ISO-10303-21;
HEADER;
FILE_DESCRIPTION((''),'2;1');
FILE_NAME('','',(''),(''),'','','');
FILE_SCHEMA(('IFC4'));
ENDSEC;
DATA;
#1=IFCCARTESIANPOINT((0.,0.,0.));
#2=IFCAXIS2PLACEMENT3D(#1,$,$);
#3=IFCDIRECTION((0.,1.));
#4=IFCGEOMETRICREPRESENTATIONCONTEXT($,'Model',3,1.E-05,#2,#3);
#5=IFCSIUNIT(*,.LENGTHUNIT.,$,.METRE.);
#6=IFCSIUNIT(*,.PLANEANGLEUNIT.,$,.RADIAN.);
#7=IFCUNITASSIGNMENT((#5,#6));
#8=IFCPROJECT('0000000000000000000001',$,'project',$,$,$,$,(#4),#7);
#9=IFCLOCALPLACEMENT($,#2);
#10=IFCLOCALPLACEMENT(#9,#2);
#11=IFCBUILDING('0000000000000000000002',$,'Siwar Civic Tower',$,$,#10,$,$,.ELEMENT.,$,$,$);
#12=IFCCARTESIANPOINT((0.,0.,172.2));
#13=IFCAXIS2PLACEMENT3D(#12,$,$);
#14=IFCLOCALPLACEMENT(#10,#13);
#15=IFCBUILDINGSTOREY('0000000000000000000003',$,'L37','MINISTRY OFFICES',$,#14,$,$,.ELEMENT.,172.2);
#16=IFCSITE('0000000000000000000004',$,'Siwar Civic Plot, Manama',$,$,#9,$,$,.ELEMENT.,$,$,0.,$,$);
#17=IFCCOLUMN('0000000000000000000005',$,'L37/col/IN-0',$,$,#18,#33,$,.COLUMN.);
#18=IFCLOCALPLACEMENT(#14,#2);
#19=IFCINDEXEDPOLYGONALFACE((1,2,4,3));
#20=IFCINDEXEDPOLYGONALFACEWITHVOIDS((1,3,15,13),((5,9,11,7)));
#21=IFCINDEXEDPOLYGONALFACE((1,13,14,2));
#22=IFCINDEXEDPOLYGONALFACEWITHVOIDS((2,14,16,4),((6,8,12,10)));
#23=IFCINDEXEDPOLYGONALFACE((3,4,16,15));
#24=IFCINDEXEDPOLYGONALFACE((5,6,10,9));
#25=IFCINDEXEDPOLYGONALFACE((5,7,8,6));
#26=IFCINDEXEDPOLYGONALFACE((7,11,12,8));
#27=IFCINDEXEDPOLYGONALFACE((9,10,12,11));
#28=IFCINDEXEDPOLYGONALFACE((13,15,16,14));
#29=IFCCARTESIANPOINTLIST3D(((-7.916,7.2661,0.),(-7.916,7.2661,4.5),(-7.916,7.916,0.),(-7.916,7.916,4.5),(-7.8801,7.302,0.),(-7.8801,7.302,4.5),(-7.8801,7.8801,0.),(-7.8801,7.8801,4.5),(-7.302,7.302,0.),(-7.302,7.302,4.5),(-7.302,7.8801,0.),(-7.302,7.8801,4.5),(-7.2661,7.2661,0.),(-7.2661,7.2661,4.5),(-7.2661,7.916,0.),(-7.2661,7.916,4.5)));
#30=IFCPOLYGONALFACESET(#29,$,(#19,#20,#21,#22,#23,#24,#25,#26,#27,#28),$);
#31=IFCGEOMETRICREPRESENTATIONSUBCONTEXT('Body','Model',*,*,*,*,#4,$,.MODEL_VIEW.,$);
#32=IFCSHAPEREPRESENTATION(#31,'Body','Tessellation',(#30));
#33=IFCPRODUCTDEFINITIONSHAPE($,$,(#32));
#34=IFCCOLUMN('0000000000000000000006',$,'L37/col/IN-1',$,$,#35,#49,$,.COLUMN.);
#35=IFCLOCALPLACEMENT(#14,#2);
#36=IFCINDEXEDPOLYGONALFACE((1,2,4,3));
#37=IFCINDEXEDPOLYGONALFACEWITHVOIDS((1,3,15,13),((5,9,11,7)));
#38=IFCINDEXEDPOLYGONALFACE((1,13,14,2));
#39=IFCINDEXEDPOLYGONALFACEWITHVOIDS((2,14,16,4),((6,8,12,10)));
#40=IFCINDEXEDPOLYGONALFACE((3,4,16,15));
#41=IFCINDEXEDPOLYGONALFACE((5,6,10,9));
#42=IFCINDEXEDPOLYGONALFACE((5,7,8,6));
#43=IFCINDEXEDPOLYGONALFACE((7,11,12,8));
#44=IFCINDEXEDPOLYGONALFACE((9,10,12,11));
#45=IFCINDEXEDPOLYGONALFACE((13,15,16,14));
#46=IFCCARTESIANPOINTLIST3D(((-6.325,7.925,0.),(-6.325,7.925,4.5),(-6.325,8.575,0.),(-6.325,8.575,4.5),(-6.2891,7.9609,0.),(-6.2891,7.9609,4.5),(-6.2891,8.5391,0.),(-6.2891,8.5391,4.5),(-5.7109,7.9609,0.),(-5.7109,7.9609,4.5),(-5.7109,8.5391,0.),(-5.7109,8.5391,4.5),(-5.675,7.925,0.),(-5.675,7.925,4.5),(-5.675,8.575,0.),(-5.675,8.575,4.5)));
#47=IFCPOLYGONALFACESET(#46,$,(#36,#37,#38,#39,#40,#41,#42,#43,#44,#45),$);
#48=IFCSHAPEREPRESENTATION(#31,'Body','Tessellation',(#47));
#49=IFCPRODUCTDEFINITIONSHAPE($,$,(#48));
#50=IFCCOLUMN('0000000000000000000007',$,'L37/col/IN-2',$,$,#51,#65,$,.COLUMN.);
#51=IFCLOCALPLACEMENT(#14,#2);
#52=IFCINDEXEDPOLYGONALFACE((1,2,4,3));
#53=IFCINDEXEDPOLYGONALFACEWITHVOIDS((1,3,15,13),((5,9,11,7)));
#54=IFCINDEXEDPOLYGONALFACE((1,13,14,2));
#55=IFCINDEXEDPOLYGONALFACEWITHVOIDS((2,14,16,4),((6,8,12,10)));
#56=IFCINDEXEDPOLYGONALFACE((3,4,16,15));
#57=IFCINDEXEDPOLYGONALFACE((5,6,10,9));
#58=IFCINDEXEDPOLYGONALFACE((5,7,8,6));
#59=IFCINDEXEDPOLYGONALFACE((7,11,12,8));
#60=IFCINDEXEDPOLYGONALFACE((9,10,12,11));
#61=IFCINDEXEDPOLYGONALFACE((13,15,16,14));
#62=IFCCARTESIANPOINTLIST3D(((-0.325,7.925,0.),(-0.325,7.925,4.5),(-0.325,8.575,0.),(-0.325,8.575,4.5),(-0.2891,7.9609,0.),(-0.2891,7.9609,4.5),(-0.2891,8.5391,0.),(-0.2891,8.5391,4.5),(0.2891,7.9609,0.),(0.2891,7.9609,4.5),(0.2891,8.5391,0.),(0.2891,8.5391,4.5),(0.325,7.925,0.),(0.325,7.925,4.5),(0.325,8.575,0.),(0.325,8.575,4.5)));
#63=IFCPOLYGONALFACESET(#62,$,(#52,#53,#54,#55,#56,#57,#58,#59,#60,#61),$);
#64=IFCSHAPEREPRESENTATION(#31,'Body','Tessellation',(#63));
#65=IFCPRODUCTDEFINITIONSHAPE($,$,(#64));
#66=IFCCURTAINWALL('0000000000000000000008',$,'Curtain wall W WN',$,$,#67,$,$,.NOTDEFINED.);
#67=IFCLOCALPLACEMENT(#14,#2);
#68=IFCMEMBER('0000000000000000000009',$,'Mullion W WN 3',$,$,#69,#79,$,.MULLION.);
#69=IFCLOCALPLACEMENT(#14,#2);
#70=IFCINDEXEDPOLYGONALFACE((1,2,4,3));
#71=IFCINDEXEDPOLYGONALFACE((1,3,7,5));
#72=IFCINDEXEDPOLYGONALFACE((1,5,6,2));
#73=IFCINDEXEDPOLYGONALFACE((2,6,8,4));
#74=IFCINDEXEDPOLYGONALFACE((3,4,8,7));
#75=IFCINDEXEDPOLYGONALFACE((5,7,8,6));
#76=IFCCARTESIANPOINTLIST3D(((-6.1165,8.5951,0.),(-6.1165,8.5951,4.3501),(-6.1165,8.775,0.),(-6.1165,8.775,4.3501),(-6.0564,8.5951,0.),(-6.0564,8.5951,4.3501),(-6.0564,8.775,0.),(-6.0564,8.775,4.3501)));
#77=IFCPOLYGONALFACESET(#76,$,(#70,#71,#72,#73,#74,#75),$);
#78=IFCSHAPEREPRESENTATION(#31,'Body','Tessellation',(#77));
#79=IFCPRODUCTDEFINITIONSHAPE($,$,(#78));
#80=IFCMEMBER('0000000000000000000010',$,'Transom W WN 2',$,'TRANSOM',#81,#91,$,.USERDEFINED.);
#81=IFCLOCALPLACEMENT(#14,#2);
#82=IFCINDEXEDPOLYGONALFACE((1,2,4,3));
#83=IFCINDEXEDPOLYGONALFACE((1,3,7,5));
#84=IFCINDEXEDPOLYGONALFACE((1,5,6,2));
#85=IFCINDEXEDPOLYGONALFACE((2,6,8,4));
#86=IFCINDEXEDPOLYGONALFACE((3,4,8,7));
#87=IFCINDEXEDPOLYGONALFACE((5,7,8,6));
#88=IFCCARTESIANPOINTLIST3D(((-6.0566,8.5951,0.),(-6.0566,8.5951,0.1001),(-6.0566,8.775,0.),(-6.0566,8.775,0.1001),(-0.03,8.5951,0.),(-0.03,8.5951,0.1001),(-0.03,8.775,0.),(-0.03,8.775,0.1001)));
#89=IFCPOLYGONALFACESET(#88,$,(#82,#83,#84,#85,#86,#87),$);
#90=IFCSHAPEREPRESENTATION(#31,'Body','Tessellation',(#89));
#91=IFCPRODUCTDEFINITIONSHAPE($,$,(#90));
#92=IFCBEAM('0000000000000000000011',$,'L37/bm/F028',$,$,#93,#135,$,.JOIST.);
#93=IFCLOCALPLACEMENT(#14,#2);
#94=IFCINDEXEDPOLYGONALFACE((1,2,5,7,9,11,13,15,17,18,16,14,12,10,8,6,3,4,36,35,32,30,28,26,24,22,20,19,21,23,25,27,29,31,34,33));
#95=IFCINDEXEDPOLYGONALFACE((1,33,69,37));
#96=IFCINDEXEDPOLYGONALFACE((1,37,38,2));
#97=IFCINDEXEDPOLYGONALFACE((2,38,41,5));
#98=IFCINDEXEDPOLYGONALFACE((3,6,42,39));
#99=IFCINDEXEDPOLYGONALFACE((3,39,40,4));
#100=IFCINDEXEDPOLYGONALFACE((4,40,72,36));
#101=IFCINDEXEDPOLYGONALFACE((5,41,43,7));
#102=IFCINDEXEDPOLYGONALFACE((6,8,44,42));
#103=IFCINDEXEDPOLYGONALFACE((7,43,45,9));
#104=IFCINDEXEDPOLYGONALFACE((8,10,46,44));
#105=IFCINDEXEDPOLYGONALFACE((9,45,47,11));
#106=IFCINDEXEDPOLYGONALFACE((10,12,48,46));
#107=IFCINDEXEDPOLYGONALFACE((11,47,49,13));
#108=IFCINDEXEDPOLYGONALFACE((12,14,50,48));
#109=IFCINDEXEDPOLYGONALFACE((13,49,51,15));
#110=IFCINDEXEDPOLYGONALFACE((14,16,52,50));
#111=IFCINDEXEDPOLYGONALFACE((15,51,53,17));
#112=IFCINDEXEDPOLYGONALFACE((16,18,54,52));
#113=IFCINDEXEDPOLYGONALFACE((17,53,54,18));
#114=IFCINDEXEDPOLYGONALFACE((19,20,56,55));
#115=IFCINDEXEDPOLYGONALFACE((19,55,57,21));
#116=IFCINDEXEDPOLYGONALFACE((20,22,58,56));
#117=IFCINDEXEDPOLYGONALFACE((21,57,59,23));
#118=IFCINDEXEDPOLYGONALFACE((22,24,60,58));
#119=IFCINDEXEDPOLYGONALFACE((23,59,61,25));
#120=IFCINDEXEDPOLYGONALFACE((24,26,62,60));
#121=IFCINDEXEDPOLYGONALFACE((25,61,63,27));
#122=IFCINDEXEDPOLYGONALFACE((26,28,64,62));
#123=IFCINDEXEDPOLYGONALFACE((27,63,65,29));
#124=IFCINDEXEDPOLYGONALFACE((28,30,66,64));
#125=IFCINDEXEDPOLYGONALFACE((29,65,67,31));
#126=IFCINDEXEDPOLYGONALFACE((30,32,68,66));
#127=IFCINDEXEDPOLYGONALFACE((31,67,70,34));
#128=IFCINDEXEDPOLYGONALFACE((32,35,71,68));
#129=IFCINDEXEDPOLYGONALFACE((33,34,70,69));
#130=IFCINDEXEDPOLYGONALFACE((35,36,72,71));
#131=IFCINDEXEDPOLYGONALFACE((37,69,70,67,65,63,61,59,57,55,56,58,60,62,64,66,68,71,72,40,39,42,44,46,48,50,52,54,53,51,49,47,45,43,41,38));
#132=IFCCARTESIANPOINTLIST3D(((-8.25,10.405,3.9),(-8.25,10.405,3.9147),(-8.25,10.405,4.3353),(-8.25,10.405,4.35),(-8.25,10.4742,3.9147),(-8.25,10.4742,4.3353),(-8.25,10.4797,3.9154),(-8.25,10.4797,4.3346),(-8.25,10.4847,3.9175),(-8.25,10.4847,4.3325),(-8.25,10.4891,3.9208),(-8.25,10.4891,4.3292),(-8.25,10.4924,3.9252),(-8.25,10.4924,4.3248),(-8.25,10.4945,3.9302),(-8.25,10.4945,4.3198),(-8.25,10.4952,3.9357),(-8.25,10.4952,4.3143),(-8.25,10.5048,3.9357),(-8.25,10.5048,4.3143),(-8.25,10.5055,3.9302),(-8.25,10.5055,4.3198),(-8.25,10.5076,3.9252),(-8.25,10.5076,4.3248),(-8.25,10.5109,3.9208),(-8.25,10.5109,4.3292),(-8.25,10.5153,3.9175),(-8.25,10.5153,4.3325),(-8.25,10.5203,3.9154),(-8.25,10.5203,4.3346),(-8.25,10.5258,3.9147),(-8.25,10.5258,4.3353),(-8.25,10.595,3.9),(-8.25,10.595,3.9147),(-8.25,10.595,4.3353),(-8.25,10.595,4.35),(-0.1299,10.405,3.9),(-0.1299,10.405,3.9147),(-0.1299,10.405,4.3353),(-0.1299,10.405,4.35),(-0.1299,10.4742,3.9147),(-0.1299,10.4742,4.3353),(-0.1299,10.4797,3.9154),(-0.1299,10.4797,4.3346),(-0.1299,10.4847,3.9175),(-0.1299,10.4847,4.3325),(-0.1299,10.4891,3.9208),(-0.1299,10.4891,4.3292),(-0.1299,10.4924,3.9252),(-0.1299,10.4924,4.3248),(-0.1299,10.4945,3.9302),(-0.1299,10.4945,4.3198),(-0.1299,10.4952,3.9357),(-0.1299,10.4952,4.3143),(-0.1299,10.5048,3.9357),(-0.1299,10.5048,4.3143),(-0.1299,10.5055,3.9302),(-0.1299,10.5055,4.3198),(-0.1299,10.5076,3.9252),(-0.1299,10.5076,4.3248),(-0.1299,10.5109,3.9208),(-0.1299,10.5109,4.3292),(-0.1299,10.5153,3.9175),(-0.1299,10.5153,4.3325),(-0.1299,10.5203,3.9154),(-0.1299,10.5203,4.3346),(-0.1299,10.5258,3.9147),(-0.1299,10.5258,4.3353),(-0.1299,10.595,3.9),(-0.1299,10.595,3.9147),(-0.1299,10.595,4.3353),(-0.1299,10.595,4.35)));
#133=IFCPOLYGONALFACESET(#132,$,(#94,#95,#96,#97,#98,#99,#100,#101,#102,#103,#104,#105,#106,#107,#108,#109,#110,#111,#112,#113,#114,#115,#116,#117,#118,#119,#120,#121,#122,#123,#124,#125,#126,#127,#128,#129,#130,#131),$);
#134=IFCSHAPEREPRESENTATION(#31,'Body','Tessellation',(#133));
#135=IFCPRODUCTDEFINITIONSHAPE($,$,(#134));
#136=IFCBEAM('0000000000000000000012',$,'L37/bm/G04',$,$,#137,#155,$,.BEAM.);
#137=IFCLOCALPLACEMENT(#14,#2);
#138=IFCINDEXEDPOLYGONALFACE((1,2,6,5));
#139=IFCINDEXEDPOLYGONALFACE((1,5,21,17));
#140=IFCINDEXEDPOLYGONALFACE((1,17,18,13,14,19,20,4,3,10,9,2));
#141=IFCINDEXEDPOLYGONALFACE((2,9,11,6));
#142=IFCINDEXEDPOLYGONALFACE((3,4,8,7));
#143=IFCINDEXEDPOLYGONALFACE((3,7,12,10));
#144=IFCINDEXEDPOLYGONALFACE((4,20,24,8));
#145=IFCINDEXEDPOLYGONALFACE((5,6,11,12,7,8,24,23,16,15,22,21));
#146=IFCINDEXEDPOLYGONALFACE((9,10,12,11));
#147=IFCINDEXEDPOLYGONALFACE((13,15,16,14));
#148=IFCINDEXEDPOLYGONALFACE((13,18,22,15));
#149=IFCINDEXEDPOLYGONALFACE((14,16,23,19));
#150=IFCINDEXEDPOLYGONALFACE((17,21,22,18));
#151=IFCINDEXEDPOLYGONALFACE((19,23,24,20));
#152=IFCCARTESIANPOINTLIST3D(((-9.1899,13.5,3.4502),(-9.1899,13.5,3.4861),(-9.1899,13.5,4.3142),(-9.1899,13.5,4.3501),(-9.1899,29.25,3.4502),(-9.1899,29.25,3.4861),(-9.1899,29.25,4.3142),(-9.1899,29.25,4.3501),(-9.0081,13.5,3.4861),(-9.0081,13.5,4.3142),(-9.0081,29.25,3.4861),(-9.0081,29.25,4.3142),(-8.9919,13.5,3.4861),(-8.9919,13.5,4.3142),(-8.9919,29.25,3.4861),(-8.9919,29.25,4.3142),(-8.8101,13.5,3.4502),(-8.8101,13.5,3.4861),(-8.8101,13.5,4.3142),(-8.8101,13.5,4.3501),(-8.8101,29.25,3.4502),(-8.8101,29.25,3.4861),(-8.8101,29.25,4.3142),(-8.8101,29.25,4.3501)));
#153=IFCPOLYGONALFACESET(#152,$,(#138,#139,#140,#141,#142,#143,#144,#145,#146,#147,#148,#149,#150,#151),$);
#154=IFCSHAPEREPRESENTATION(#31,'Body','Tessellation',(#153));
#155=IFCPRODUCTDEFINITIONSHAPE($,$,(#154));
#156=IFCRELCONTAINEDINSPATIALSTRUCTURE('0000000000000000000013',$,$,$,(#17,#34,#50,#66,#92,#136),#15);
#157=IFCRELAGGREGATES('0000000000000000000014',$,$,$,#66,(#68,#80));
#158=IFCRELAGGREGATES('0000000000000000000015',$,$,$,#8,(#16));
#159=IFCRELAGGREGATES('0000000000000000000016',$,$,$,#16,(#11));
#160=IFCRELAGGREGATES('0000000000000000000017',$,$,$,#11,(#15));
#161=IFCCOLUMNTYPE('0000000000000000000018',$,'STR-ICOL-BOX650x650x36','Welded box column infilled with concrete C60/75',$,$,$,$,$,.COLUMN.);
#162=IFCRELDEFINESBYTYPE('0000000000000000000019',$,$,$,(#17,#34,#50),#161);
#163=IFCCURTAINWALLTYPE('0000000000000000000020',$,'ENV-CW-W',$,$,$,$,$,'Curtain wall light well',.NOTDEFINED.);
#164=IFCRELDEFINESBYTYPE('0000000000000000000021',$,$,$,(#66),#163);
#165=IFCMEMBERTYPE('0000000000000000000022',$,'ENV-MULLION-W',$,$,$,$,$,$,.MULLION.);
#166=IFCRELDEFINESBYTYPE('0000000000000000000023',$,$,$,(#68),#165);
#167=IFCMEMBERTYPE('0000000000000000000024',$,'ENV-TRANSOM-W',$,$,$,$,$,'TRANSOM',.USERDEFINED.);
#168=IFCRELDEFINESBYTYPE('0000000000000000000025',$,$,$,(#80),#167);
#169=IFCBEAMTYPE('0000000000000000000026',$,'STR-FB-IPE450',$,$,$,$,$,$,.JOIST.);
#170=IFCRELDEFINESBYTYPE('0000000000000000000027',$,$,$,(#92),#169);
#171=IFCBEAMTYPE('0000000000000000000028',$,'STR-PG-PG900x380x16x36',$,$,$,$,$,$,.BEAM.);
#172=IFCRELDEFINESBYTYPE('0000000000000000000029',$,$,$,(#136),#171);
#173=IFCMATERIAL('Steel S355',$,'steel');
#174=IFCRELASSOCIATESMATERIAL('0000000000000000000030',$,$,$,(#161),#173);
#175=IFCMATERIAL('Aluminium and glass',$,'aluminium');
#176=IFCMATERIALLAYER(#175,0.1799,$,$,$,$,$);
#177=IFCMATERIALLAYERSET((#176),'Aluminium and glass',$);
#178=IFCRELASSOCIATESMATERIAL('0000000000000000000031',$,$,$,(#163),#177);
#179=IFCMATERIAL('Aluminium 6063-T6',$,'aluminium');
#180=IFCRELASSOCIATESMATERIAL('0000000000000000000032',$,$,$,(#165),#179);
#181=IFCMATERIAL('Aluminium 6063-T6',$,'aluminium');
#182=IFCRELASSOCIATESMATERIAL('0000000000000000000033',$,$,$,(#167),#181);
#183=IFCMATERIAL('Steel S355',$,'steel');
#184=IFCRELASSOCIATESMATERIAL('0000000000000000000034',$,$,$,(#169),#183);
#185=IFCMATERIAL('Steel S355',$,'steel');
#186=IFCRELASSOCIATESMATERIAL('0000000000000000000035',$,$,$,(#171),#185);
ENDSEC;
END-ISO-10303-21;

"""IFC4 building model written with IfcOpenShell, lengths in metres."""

from ifc_helpers import new_model, si_unit, direction, frame, origin, origin_2d, place, context, subcontext, project, spatial, rectangle, hollow_rectangle, i_section, extrude, material, layer, layer_set, material_profile, profile_set, type_object, element, aggregate, save


model = new_model("IFC4")

# Units and contexts
model_context = context("Model", 3, precision=1e-05, world=origin(), true_north=direction((0.0, 1.0)))
body_context = subcontext(model_context, "Body", "Model", "MODEL_VIEW")
ifc_project = project(units=[si_unit("LENGTHUNIT", "METRE"), si_unit("PLANEANGLEUNIT", "RADIAN")], contexts=[model_context])

# Site, building, storey
site_placement = place(None, origin())
site = spatial("IfcSite", under=ifc_project, at=site_placement, Name="Siwar Civic Plot, Manama", CompositionType="ELEMENT", RefElevation=0.0)
building_placement = place(site_placement, origin())
building = spatial("IfcBuilding", under=site, at=building_placement, Name="Siwar Civic Tower", CompositionType="ELEMENT")
storey_placement = place(building_placement, frame((0.0, 0.0, 172.2)))
storey = spatial("IfcBuildingStorey", under=building, at=storey_placement, Name="L37", Description="MINISTRY OFFICES", CompositionType="ELEMENT", Elevation=172.2)

# Columns
ifc_material_1 = material(Name="Steel S355", Category="steel")
ifc_material_profile_1 = material_profile(ifc_material_1, hollow_rectangle(XDim=0.6499, YDim=0.6499, WallThickness=0.0359, at=origin_2d()), Name="BOX650x650x36")
ifc_profile_set_1 = profile_set([ifc_material_profile_1], Name="Steel S355")
column_type = type_object("IfcColumnType", Name="STR-ICOL-BOX650x650x36", Description="Welded box column infilled with concrete C60/75", PredefinedType="COLUMN", material=ifc_profile_set_1)
for number, where, z_axis, x_axis, name in (
    (1, (-7.5911, 7.5911, 0.0), (0.0, 0.0, 1.0), (1.0, 0.0, 0.0), "L37/col/IN-0"),
    (2, (-6.0, 8.25, 0.0), (0.0, 0.0, 1.0), (1.0, 0.0, 0.0), "L37/col/IN-1"),
    (3, (0.0, 8.25, 0.0), (0.0, 0.0, 1.0), (1.0, 0.0, 0.0), "L37/col/IN-2"),
):
    element("IfcColumn", number, at=place(storey_placement, frame(where, z_axis=z_axis, x_axis=x_axis)), inside=storey, type_object=column_type, Name=name, PredefinedType="COLUMN", context=body_context, shape_type="SweptSolid", body=[
        extrude(hollow_rectangle(XDim=0.6499, YDim=0.6499, WallThickness=0.0359, at=origin_2d()), origin(), (0.0, 0.0, 1.0), 4.5),
    ])

# Curtain wall, members
ifc_material_2 = material(Name="Aluminium and glass", Category="aluminium")
ifc_layer_1 = layer(ifc_material_2, 0.1799)
ifc_layer_set_1 = layer_set([ifc_layer_1], Name="Aluminium and glass")
curtain_wall_type = type_object("IfcCurtainWallType", Name="ENV-CW-W", ElementType="Curtain wall light well", PredefinedType="NOTDEFINED", material=ifc_layer_set_1)
curtain_wall_placement = place(storey_placement, origin())
curtain_wall = element("IfcCurtainWall", 4, at=curtain_wall_placement, inside=storey, type_object=curtain_wall_type, Name="Curtain wall W WN", PredefinedType="NOTDEFINED")
ifc_material_3 = material(Name="Aluminium 6063-T6", Category="aluminium")
ifc_material_profile_2 = material_profile(ifc_material_3, rectangle(XDim=0.1799, YDim=0.0601, at=origin_2d()), Name="AL 180x60")
ifc_profile_set_2 = profile_set([ifc_material_profile_2], Name="Aluminium 6063-T6")
member_type_1 = type_object("IfcMemberType", Name="ENV-MULLION-W", PredefinedType="MULLION", material=ifc_profile_set_2)
member_1_placement = place(storey_placement, frame((-6.0864, 8.6851, 0.0), z_axis=(0.0, 0.0, 1.0), x_axis=(0.0, -1.0, 0.0)))
member_1 = element("IfcMember", 5, at=member_1_placement, type_object=member_type_1, Name="Mullion W WN 3", PredefinedType="MULLION", context=body_context, shape_type="SweptSolid", body=[
    extrude(rectangle(XDim=0.1799, YDim=0.0601, at=origin_2d()), origin(), (0.0, 0.0, 1.0), 4.3501),
])
ifc_material_4 = material(Name="Aluminium 6063-T6", Category="aluminium")
ifc_material_profile_3 = material_profile(ifc_material_4, rectangle(XDim=0.1799, YDim=0.1001, at=origin_2d()), Name="AL 180x100")
ifc_profile_set_3 = profile_set([ifc_material_profile_3], Name="Aluminium 6063-T6")
member_type_2 = type_object("IfcMemberType", Name="ENV-TRANSOM-W", ElementType="TRANSOM", PredefinedType="USERDEFINED", material=ifc_profile_set_3)
member_2_placement = place(storey_placement, frame((-0.03, 8.6851, 0.05), z_axis=(-1.0, 0.0, 0.0), x_axis=(0.0, -1.0, 0.0)))
member_2 = element("IfcMember", 6, at=member_2_placement, type_object=member_type_2, Name="Transom W WN 2", ObjectType="TRANSOM", PredefinedType="USERDEFINED", context=body_context, shape_type="SweptSolid", body=[
    extrude(rectangle(XDim=0.1799, YDim=0.1001, at=origin_2d()), origin(), (0.0, 0.0, 1.0), 6.0266),
])

# Beams
ifc_material_5 = material(Name="Steel S355", Category="steel")
ifc_material_profile_4 = material_profile(ifc_material_5, i_section(OverallWidth=0.1899, OverallDepth=0.45, WebThickness=0.0095, FlangeThickness=0.0146, FilletRadius=0.021, at=origin_2d()), Name="IPE450")
ifc_profile_set_4 = profile_set([ifc_material_profile_4], Name="Steel S355")
beam_type_1 = type_object("IfcBeamType", Name="STR-FB-IPE450", PredefinedType="JOIST", material=ifc_profile_set_4)
beam_1_placement = place(storey_placement, frame((-8.25, 10.5, 4.125), z_axis=(1.0, 0.0, 0.0), x_axis=(0.0, 1.0, 0.0)))
element("IfcBeam", 7, at=beam_1_placement, inside=storey, type_object=beam_type_1, Name="L37/bm/F028", PredefinedType="JOIST", context=body_context, shape_type="SweptSolid", body=[
    extrude(i_section(OverallWidth=0.1899, OverallDepth=0.45, WebThickness=0.0095, FlangeThickness=0.0146, FilletRadius=0.021, at=origin_2d()), origin(), (0.0, 0.0, 1.0), 8.1201),
])
ifc_material_6 = material(Name="Steel S355", Category="steel")
ifc_material_profile_5 = material_profile(ifc_material_6, i_section(OverallWidth=0.3799, OverallDepth=0.8999, WebThickness=0.0161, FlangeThickness=0.0359, at=origin_2d()), Name="PG900x380x16x36")
ifc_profile_set_5 = profile_set([ifc_material_profile_5], Name="Steel S355")
beam_type_2 = type_object("IfcBeamType", Name="STR-PG-PG900x380x16x36", PredefinedType="BEAM", material=ifc_profile_set_5)
beam_2_placement = place(storey_placement, frame((-9.0, 13.5, 3.9001), z_axis=(0.0, 1.0, 0.0), x_axis=(-1.0, 0.0, 0.0)))
element("IfcBeam", 8, at=beam_2_placement, inside=storey, type_object=beam_type_2, Name="L37/bm/G04", PredefinedType="BEAM", context=body_context, shape_type="SweptSolid", body=[
    extrude(i_section(OverallWidth=0.3799, OverallDepth=0.8999, WebThickness=0.0161, FlangeThickness=0.0359, at=origin_2d()), origin(), (0.0, 0.0, 1.0), 15.75),
])

aggregate(curtain_wall, [member_1, member_2])

save(model, "model.ifc")
